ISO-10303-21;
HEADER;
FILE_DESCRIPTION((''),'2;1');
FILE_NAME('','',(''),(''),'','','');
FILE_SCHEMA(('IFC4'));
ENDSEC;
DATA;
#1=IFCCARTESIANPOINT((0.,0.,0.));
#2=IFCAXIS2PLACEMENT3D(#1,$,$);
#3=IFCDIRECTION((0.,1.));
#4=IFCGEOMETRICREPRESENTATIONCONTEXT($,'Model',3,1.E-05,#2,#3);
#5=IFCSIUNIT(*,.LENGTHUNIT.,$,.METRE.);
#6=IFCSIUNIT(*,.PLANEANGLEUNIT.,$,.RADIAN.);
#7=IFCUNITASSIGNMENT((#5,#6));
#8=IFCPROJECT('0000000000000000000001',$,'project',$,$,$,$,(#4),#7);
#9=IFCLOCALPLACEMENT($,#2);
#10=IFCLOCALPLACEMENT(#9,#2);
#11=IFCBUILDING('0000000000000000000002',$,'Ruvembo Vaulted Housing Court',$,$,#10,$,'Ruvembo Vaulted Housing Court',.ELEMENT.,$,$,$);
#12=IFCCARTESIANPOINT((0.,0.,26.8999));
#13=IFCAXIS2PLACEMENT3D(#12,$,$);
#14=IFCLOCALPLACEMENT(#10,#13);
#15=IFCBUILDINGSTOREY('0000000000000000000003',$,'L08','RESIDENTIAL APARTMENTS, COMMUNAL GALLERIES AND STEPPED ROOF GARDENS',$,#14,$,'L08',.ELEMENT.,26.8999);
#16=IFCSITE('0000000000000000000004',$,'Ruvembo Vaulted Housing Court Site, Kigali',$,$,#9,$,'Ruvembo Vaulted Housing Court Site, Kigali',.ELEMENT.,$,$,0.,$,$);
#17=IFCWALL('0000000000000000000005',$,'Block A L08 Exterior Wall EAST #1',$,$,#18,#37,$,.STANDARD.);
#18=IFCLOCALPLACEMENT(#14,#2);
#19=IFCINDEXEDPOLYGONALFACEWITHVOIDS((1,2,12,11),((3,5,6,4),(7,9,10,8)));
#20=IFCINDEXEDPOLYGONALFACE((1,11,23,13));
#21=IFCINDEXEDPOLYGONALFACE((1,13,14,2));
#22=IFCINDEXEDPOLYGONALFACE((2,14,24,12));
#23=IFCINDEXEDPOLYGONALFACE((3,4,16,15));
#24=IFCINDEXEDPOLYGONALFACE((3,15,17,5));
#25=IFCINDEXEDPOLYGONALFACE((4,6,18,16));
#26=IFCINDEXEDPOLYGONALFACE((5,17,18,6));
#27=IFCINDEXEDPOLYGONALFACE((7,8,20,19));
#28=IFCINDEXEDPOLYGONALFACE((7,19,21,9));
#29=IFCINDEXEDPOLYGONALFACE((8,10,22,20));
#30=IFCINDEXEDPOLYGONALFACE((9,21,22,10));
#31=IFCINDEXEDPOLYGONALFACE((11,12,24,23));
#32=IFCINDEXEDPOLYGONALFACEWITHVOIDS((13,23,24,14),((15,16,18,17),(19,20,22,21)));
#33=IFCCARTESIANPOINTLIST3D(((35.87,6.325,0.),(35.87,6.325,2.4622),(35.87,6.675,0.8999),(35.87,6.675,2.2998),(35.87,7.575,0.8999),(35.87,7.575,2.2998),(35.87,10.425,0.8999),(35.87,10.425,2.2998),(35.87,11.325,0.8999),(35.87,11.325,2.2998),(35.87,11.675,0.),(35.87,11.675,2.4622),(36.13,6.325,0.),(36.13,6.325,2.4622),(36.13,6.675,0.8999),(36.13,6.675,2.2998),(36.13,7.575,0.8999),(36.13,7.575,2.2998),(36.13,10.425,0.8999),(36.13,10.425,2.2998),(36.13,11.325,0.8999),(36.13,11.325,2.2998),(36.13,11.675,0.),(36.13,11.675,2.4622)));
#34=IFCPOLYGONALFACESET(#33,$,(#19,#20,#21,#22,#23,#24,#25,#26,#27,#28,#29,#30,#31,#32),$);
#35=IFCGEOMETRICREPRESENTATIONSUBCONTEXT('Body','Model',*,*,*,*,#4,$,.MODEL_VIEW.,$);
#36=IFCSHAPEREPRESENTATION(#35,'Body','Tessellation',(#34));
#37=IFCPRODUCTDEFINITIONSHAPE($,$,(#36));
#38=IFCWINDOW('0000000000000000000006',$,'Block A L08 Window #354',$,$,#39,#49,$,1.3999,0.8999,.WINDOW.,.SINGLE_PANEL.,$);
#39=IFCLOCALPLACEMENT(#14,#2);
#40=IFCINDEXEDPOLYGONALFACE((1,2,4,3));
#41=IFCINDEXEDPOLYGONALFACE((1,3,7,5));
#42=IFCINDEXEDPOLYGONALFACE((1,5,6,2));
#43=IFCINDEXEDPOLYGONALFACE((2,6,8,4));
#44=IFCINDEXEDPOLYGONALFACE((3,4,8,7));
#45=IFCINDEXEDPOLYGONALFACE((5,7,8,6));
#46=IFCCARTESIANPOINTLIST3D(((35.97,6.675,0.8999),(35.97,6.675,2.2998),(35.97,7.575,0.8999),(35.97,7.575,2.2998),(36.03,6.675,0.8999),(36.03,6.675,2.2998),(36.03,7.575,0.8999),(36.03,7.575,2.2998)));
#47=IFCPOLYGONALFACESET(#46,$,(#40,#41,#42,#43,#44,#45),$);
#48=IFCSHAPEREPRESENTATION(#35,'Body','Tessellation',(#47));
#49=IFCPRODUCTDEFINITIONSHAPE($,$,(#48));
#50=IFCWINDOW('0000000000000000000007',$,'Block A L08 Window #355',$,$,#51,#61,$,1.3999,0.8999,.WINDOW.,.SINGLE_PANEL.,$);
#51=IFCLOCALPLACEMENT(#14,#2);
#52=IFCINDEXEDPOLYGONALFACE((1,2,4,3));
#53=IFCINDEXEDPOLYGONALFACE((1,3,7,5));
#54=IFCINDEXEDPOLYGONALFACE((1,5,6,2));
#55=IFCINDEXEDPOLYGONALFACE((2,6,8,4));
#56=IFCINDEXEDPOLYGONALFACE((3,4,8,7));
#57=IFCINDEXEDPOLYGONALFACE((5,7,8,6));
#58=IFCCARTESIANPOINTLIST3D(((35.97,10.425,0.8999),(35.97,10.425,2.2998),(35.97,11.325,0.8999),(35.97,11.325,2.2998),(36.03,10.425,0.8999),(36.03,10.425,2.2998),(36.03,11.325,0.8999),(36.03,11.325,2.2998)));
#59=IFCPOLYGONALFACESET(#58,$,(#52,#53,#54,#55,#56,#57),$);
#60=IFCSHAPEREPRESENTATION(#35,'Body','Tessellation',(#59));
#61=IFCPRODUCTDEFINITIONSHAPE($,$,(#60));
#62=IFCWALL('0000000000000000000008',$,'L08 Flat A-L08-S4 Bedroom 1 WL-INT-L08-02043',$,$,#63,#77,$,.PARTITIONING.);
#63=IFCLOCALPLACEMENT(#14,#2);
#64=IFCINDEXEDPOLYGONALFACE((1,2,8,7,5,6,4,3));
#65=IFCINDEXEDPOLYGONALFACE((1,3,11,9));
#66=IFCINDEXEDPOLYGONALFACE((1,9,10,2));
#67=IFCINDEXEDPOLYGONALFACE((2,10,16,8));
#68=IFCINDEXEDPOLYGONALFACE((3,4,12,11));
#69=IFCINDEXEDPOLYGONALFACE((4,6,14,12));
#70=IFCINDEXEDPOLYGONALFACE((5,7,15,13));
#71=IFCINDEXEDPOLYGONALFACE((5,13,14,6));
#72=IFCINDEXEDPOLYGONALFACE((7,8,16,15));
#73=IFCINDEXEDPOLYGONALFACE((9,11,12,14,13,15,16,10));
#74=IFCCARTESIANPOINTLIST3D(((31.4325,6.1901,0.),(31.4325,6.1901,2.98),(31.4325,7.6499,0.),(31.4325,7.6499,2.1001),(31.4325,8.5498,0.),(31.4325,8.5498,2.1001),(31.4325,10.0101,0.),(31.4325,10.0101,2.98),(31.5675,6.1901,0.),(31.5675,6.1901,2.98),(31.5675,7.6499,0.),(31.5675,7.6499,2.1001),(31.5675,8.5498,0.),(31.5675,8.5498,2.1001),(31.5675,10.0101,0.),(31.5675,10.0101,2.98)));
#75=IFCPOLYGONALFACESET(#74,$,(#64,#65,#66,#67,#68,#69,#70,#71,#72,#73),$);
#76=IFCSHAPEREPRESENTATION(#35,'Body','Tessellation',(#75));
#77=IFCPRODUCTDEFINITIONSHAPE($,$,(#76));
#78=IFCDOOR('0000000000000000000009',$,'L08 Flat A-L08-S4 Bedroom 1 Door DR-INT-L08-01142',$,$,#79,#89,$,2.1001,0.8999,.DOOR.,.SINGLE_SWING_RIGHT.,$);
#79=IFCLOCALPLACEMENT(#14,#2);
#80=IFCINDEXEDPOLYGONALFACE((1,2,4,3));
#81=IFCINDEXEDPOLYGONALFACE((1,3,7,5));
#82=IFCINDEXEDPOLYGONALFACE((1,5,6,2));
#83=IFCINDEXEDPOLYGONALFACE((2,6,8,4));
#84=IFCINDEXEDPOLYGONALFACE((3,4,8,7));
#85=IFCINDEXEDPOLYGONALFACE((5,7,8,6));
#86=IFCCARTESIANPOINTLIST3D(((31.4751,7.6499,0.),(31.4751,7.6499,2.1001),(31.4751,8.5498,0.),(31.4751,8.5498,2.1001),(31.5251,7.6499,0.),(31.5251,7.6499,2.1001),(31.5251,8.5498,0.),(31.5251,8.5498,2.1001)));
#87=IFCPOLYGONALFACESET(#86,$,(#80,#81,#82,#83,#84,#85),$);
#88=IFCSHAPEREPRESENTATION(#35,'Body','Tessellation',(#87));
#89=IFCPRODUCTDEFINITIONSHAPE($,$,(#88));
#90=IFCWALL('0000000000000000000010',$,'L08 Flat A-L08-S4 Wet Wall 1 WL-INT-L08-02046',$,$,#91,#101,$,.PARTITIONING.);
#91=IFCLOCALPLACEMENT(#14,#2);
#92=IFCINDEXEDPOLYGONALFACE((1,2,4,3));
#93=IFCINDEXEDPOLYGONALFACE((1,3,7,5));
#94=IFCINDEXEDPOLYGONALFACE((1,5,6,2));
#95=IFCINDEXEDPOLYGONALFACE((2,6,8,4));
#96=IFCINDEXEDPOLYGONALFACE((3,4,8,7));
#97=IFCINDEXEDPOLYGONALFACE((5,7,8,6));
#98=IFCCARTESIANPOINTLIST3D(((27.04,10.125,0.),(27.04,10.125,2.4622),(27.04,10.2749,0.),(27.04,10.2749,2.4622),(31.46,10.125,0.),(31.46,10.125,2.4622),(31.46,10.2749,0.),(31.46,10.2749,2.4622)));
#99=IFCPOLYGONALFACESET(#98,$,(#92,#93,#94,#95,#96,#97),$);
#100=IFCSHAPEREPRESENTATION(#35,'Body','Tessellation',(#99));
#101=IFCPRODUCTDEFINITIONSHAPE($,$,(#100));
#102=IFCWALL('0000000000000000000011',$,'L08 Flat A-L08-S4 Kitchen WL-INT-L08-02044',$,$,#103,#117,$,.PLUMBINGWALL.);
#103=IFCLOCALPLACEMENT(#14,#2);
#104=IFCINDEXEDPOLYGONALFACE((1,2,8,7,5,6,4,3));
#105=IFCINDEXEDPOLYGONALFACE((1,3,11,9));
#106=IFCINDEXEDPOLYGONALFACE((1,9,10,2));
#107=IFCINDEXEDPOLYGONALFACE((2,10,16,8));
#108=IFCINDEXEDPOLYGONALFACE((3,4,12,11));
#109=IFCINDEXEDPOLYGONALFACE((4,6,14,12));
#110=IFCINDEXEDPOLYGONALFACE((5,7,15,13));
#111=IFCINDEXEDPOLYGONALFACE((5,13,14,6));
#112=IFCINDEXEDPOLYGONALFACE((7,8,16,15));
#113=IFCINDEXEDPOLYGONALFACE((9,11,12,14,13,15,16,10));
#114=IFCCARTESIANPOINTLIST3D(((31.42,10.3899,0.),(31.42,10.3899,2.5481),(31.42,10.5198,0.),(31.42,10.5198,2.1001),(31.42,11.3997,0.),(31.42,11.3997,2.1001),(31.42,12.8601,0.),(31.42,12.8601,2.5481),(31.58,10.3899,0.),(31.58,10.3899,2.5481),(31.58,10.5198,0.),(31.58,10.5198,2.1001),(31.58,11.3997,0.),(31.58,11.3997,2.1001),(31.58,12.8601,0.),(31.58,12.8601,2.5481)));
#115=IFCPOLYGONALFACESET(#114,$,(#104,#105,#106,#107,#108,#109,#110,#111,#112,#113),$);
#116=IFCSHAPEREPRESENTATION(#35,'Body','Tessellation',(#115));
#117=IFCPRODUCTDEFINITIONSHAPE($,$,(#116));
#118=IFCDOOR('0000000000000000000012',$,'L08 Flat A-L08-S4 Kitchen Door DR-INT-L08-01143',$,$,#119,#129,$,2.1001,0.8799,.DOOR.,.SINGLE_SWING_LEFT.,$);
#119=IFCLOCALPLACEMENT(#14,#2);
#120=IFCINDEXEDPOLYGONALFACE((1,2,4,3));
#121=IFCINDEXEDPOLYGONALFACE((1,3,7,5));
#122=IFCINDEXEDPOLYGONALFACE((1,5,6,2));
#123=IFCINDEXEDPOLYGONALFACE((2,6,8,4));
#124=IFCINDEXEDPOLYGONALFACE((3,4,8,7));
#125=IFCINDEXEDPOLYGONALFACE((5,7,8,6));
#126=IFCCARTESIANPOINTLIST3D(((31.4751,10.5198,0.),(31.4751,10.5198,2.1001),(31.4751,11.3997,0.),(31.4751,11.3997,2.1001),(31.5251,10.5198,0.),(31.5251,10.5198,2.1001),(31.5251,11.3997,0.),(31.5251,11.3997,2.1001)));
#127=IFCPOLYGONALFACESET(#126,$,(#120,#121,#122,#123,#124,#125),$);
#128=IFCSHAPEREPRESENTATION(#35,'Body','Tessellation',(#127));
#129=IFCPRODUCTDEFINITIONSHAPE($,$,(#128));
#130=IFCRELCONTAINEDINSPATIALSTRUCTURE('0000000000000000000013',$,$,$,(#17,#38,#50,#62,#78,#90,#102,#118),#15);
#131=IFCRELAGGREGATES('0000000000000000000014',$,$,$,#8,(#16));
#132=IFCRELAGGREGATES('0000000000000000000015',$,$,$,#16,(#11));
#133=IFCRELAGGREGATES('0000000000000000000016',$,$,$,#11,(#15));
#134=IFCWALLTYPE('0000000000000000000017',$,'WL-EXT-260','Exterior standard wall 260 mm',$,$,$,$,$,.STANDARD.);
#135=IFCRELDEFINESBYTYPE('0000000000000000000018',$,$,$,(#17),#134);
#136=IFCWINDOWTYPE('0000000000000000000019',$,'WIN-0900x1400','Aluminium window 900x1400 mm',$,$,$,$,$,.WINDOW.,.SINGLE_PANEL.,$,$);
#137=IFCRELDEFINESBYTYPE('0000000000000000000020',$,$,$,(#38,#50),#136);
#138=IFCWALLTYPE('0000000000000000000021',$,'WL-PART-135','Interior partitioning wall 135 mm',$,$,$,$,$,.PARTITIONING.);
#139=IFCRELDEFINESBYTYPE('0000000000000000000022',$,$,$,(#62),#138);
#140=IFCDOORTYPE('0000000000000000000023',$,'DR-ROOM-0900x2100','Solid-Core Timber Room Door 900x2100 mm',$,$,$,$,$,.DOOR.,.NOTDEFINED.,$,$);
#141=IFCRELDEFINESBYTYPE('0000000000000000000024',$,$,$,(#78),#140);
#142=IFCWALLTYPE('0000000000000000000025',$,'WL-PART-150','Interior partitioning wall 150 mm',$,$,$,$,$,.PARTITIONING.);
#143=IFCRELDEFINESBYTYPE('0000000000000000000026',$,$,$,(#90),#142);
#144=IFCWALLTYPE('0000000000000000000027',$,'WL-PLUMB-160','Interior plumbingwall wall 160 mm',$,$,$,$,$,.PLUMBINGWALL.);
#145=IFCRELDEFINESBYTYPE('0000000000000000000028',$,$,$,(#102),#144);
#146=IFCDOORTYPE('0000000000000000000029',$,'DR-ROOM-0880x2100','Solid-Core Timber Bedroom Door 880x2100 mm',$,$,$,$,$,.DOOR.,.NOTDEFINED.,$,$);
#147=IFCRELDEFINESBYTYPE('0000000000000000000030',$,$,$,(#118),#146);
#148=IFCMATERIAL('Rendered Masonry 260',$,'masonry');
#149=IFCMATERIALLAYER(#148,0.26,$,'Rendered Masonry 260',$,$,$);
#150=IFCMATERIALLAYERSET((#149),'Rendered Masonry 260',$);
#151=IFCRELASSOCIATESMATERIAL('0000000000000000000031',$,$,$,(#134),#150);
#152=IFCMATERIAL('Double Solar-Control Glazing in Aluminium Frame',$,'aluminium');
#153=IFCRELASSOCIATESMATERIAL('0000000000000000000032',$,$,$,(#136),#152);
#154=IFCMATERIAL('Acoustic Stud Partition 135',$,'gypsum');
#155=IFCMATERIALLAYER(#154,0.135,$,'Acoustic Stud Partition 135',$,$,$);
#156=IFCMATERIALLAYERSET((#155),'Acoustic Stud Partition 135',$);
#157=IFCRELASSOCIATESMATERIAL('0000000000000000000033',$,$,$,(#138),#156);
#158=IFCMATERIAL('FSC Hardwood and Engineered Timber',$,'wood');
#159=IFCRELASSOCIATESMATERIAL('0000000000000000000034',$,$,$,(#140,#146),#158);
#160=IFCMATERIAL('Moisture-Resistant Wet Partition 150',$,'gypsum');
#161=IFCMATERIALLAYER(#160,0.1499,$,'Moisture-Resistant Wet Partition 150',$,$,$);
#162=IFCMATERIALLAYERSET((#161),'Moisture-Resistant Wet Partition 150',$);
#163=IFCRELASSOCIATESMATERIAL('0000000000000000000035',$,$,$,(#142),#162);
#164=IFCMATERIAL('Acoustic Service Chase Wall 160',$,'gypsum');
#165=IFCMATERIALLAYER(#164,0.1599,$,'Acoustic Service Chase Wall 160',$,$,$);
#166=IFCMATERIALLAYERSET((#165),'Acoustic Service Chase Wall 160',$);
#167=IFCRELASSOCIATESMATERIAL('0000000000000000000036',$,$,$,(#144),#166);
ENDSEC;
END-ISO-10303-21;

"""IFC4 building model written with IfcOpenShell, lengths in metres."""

from ifc_helpers import new_model, si_unit, direction, frame, frame_2d, origin, place, context, subcontext, project, spatial, rectangle, extrude, material, layer, layer_set, type_object, element, fill, save


model = new_model("IFC4")

# Units and contexts
model_context = context("Model", 3, precision=1e-05, world=origin(), true_north=direction((0.0, 1.0)))
body_context = subcontext(model_context, "Body", "Model", "MODEL_VIEW")
ifc_project = project(units=[si_unit("LENGTHUNIT", "METRE"), si_unit("PLANEANGLEUNIT", "RADIAN")], contexts=[model_context])

# Site, building, storey
site_placement = place(None, origin())
site = spatial("IfcSite", under=ifc_project, at=site_placement, Name="Ruvembo Vaulted Housing Court Site, Kigali", LongName="Ruvembo Vaulted Housing Court Site, Kigali", CompositionType="ELEMENT", RefElevation=0.0)
building_placement = place(site_placement, origin())
building = spatial("IfcBuilding", under=site, at=building_placement, Name="Ruvembo Vaulted Housing Court", LongName="Ruvembo Vaulted Housing Court", CompositionType="ELEMENT")
storey_placement = place(building_placement, frame((0.0, 0.0, 26.8999)))
storey = spatial("IfcBuildingStorey", under=building, at=storey_placement, Name="L08", Description="RESIDENTIAL APARTMENTS, COMMUNAL GALLERIES AND STEPPED ROOF GARDENS", LongName="L08", CompositionType="ELEMENT", Elevation=26.8999)

# Wall, openings, windows
ifc_material_1 = material(Name="Rendered Masonry 260", Category="masonry")
ifc_layer_1 = layer(ifc_material_1, 0.26, Name="Rendered Masonry 260")
ifc_layer_set_1 = layer_set([ifc_layer_1], Name="Rendered Masonry 260")
wall_type_1 = type_object("IfcWallType", Name="WL-EXT-260", Description="Exterior standard wall 260 mm", PredefinedType="STANDARD", material=ifc_layer_set_1)
ifc_material_2 = material(Name="Double Solar-Control Glazing in Aluminium Frame", Category="aluminium")
wall_1_placement = place(storey_placement, frame((36.0, 6.325, 0.0), z_axis=(0.0, 0.0, 1.0), x_axis=(0.0, 1.0, 0.0)))
wall_1 = element("IfcWall", 1, at=wall_1_placement, inside=storey, type_object=wall_type_1, Name="Block A L08 Exterior Wall EAST #1", PredefinedType="STANDARD", context=body_context, shape_type="SweptSolid", body=[
    extrude(rectangle(XDim=5.3501, YDim=0.26, at=frame_2d((2.675, 0.0))), origin(), (0.0, 0.0, 1.0), 2.4622),
])
opening_1_placement = place(wall_1_placement, frame((0.3501, 0.0, 0.8999)))
opening_1 = element("IfcOpeningElement", 2, at=opening_1_placement, cuts=wall_1, PredefinedType="OPENING", context=body_context, shape_type="SweptSolid", body=[
    extrude(rectangle(XDim=0.8999, YDim=1.3999, at=frame_2d((0.45, 0.7))), frame((0.0, 0.1399, 0.0), z_axis=(0.0, -1.0, 0.0), x_axis=(1.0, 0.0, 0.0)), (0.0, 0.0, 1.0), 0.28),
])
opening_2_placement = place(wall_1_placement, frame((4.1001, 0.0, 0.8999)))
opening_2 = element("IfcOpeningElement", 3, at=opening_2_placement, cuts=wall_1, PredefinedType="OPENING", context=body_context, shape_type="SweptSolid", body=[
    extrude(rectangle(XDim=0.8999, YDim=1.3999, at=frame_2d((0.45, 0.7))), frame((0.0, 0.1399, 0.0), z_axis=(0.0, -1.0, 0.0), x_axis=(1.0, 0.0, 0.0)), (0.0, 0.0, 1.0), 0.28),
])
window_type_1 = type_object("IfcWindowType", Name="WIN-0900x1400", Description="Aluminium window 900x1400 mm", PartitioningType="SINGLE_PANEL", PredefinedType="WINDOW", material=ifc_material_2)
window_1_placement = place(opening_1_placement, origin())
window_1 = element("IfcWindow", 4, at=window_1_placement, inside=storey, type_object=window_type_1, Name="Block A L08 Window #354", OverallHeight=1.3999, OverallWidth=0.8999, PartitioningType="SINGLE_PANEL", PredefinedType="WINDOW", context=body_context, shape_type="SweptSolid", body=[
    extrude(rectangle(XDim=0.8999, YDim=1.3999, at=frame_2d((0.45, 0.7))), frame((0.0, 0.03, 0.0), z_axis=(0.0, -1.0, 0.0), x_axis=(1.0, 0.0, 0.0)), (0.0, 0.0, 1.0), 0.0601),
])
fill(opening_1, window_1)
window_2_placement = place(opening_2_placement, origin())
window_2 = element("IfcWindow", 5, at=window_2_placement, inside=storey, type_object=window_type_1, Name="Block A L08 Window #355", OverallHeight=1.3999, OverallWidth=0.8999, PartitioningType="SINGLE_PANEL", PredefinedType="WINDOW", context=body_context, shape_type="SweptSolid", body=[
    extrude(rectangle(XDim=0.8999, YDim=1.3999, at=frame_2d((0.45, 0.7))), frame((0.0, 0.03, 0.0), z_axis=(0.0, -1.0, 0.0), x_axis=(1.0, 0.0, 0.0)), (0.0, 0.0, 1.0), 0.0601),
])
fill(opening_2, window_2)

# Wall, opening, door
ifc_material_3 = material(Name="Acoustic Stud Partition 135", Category="gypsum")
ifc_layer_2 = layer(ifc_material_3, 0.135, Name="Acoustic Stud Partition 135")
ifc_layer_set_2 = layer_set([ifc_layer_2], Name="Acoustic Stud Partition 135")
wall_type_2 = type_object("IfcWallType", Name="WL-PART-135", Description="Interior partitioning wall 135 mm", PredefinedType="PARTITIONING", material=ifc_layer_set_2)
wall_2_placement = place(storey_placement, frame((31.5, 6.1899, 0.0), z_axis=(0.0, 0.0, 1.0), x_axis=(0.0, 1.0, 0.0)))
wall_2 = element("IfcWall", 6, at=wall_2_placement, inside=storey, type_object=wall_type_2, Name="L08 Flat A-L08-S4 Bedroom 1 WL-INT-L08-02043", PredefinedType="PARTITIONING", context=body_context, shape_type="SweptSolid", body=[
    extrude(rectangle(XDim=3.8201, YDim=0.135, at=frame_2d((1.9102, 0.0))), origin(), (0.0, 0.0, 1.0), 2.98),
])
opening_3_placement = place(wall_2_placement, frame((1.46, 0.0, 0.0)))
opening_3 = element("IfcOpeningElement", 7, at=opening_3_placement, cuts=wall_2, PredefinedType="OPENING", context=body_context, shape_type="SweptSolid", body=[
    extrude(rectangle(XDim=0.8999, YDim=2.1001, at=frame_2d((0.45, 1.05))), frame((0.0, 0.0774, 0.0), z_axis=(0.0, -1.0, 0.0), x_axis=(1.0, 0.0, 0.0)), (0.0, 0.0, 1.0), 0.155),
])
ifc_material_4 = material(Name="FSC Hardwood and Engineered Timber", Category="wood")
door_type_1 = type_object("IfcDoorType", Name="DR-ROOM-0900x2100", Description="Solid-Core Timber Room Door 900x2100 mm", OperationType="NOTDEFINED", PredefinedType="DOOR", material=ifc_material_4)
door_1_placement = place(opening_3_placement, origin())
door_1 = element("IfcDoor", 8, at=door_1_placement, inside=storey, type_object=door_type_1, Name="L08 Flat A-L08-S4 Bedroom 1 Door DR-INT-L08-01142", OperationType="SINGLE_SWING_RIGHT", OverallHeight=2.1001, OverallWidth=0.8999, PredefinedType="DOOR", context=body_context, shape_type="SweptSolid", body=[
    extrude(rectangle(XDim=0.8999, YDim=2.1001, at=frame_2d((0.45, 1.05))), frame((0.0, 0.0249, 0.0), z_axis=(0.0, -1.0, 0.0), x_axis=(1.0, 0.0, 0.0)), (0.0, 0.0, 1.0), 0.05),
])
fill(opening_3, door_1)

# Wall
ifc_material_5 = material(Name="Moisture-Resistant Wet Partition 150", Category="gypsum")
ifc_layer_3 = layer(ifc_material_5, 0.1499, Name="Moisture-Resistant Wet Partition 150")
ifc_layer_set_3 = layer_set([ifc_layer_3], Name="Moisture-Resistant Wet Partition 150")
wall_type_3 = type_object("IfcWallType", Name="WL-PART-150", Description="Interior partitioning wall 150 mm", PredefinedType="PARTITIONING", material=ifc_layer_set_3)
wall_3_placement = place(storey_placement, frame((27.04, 10.2, 0.0), z_axis=(0.0, 0.0, 1.0), x_axis=(1.0, 0.0, 0.0)))
element("IfcWall", 9, at=wall_3_placement, inside=storey, type_object=wall_type_3, Name="L08 Flat A-L08-S4 Wet Wall 1 WL-INT-L08-02046", PredefinedType="PARTITIONING", context=body_context, shape_type="SweptSolid", body=[
    extrude(rectangle(XDim=4.4199, YDim=0.1499, at=frame_2d((2.21, 0.0))), origin(), (0.0, 0.0, 1.0), 2.4622),
])

# Wall, opening, door
ifc_material_6 = material(Name="Acoustic Service Chase Wall 160", Category="gypsum")
ifc_layer_4 = layer(ifc_material_6, 0.1599, Name="Acoustic Service Chase Wall 160")
ifc_layer_set_4 = layer_set([ifc_layer_4], Name="Acoustic Service Chase Wall 160")
wall_type_4 = type_object("IfcWallType", Name="WL-PLUMB-160", Description="Interior plumbingwall wall 160 mm", PredefinedType="PLUMBINGWALL", material=ifc_layer_set_4)
wall_4_placement = place(storey_placement, frame((31.5, 10.3899, 0.0), z_axis=(0.0, 0.0, 1.0), x_axis=(0.0, 1.0, 0.0)))
wall_4 = element("IfcWall", 10, at=wall_4_placement, inside=storey, type_object=wall_type_4, Name="L08 Flat A-L08-S4 Kitchen WL-INT-L08-02044", PredefinedType="PLUMBINGWALL", context=body_context, shape_type="SweptSolid", body=[
    extrude(rectangle(XDim=2.4702, YDim=0.1599, at=frame_2d((1.2351, 0.0))), origin(), (0.0, 0.0, 1.0), 2.5481),
])
opening_4_placement = place(wall_4_placement, frame((0.1299, 0.0, 0.0)))
opening_4 = element("IfcOpeningElement", 11, at=opening_4_placement, cuts=wall_4, PredefinedType="OPENING", context=body_context, shape_type="SweptSolid", body=[
    extrude(rectangle(XDim=0.8799, YDim=2.1001, at=frame_2d((0.4399, 1.05))), frame((0.0, 0.0898, 0.0), z_axis=(0.0, -1.0, 0.0), x_axis=(1.0, 0.0, 0.0)), (0.0, 0.0, 1.0), 0.1799),
])
door_type_2 = type_object("IfcDoorType", Name="DR-ROOM-0880x2100", Description="Solid-Core Timber Bedroom Door 880x2100 mm", OperationType="NOTDEFINED", PredefinedType="DOOR", material=ifc_material_4)
door_2_placement = place(opening_4_placement, origin())
door_2 = element("IfcDoor", 12, at=door_2_placement, inside=storey, type_object=door_type_2, Name="L08 Flat A-L08-S4 Kitchen Door DR-INT-L08-01143", OperationType="SINGLE_SWING_LEFT", OverallHeight=2.1001, OverallWidth=0.8799, PredefinedType="DOOR", context=body_context, shape_type="SweptSolid", body=[
    extrude(rectangle(XDim=0.8799, YDim=2.1001, at=frame_2d((0.4399, 1.05))), frame((0.0, 0.0249, 0.0), z_axis=(0.0, -1.0, 0.0), x_axis=(1.0, 0.0, 0.0)), (0.0, 0.0, 1.0), 0.05),
])
fill(opening_4, door_2)

save(model, "model.ifc")
